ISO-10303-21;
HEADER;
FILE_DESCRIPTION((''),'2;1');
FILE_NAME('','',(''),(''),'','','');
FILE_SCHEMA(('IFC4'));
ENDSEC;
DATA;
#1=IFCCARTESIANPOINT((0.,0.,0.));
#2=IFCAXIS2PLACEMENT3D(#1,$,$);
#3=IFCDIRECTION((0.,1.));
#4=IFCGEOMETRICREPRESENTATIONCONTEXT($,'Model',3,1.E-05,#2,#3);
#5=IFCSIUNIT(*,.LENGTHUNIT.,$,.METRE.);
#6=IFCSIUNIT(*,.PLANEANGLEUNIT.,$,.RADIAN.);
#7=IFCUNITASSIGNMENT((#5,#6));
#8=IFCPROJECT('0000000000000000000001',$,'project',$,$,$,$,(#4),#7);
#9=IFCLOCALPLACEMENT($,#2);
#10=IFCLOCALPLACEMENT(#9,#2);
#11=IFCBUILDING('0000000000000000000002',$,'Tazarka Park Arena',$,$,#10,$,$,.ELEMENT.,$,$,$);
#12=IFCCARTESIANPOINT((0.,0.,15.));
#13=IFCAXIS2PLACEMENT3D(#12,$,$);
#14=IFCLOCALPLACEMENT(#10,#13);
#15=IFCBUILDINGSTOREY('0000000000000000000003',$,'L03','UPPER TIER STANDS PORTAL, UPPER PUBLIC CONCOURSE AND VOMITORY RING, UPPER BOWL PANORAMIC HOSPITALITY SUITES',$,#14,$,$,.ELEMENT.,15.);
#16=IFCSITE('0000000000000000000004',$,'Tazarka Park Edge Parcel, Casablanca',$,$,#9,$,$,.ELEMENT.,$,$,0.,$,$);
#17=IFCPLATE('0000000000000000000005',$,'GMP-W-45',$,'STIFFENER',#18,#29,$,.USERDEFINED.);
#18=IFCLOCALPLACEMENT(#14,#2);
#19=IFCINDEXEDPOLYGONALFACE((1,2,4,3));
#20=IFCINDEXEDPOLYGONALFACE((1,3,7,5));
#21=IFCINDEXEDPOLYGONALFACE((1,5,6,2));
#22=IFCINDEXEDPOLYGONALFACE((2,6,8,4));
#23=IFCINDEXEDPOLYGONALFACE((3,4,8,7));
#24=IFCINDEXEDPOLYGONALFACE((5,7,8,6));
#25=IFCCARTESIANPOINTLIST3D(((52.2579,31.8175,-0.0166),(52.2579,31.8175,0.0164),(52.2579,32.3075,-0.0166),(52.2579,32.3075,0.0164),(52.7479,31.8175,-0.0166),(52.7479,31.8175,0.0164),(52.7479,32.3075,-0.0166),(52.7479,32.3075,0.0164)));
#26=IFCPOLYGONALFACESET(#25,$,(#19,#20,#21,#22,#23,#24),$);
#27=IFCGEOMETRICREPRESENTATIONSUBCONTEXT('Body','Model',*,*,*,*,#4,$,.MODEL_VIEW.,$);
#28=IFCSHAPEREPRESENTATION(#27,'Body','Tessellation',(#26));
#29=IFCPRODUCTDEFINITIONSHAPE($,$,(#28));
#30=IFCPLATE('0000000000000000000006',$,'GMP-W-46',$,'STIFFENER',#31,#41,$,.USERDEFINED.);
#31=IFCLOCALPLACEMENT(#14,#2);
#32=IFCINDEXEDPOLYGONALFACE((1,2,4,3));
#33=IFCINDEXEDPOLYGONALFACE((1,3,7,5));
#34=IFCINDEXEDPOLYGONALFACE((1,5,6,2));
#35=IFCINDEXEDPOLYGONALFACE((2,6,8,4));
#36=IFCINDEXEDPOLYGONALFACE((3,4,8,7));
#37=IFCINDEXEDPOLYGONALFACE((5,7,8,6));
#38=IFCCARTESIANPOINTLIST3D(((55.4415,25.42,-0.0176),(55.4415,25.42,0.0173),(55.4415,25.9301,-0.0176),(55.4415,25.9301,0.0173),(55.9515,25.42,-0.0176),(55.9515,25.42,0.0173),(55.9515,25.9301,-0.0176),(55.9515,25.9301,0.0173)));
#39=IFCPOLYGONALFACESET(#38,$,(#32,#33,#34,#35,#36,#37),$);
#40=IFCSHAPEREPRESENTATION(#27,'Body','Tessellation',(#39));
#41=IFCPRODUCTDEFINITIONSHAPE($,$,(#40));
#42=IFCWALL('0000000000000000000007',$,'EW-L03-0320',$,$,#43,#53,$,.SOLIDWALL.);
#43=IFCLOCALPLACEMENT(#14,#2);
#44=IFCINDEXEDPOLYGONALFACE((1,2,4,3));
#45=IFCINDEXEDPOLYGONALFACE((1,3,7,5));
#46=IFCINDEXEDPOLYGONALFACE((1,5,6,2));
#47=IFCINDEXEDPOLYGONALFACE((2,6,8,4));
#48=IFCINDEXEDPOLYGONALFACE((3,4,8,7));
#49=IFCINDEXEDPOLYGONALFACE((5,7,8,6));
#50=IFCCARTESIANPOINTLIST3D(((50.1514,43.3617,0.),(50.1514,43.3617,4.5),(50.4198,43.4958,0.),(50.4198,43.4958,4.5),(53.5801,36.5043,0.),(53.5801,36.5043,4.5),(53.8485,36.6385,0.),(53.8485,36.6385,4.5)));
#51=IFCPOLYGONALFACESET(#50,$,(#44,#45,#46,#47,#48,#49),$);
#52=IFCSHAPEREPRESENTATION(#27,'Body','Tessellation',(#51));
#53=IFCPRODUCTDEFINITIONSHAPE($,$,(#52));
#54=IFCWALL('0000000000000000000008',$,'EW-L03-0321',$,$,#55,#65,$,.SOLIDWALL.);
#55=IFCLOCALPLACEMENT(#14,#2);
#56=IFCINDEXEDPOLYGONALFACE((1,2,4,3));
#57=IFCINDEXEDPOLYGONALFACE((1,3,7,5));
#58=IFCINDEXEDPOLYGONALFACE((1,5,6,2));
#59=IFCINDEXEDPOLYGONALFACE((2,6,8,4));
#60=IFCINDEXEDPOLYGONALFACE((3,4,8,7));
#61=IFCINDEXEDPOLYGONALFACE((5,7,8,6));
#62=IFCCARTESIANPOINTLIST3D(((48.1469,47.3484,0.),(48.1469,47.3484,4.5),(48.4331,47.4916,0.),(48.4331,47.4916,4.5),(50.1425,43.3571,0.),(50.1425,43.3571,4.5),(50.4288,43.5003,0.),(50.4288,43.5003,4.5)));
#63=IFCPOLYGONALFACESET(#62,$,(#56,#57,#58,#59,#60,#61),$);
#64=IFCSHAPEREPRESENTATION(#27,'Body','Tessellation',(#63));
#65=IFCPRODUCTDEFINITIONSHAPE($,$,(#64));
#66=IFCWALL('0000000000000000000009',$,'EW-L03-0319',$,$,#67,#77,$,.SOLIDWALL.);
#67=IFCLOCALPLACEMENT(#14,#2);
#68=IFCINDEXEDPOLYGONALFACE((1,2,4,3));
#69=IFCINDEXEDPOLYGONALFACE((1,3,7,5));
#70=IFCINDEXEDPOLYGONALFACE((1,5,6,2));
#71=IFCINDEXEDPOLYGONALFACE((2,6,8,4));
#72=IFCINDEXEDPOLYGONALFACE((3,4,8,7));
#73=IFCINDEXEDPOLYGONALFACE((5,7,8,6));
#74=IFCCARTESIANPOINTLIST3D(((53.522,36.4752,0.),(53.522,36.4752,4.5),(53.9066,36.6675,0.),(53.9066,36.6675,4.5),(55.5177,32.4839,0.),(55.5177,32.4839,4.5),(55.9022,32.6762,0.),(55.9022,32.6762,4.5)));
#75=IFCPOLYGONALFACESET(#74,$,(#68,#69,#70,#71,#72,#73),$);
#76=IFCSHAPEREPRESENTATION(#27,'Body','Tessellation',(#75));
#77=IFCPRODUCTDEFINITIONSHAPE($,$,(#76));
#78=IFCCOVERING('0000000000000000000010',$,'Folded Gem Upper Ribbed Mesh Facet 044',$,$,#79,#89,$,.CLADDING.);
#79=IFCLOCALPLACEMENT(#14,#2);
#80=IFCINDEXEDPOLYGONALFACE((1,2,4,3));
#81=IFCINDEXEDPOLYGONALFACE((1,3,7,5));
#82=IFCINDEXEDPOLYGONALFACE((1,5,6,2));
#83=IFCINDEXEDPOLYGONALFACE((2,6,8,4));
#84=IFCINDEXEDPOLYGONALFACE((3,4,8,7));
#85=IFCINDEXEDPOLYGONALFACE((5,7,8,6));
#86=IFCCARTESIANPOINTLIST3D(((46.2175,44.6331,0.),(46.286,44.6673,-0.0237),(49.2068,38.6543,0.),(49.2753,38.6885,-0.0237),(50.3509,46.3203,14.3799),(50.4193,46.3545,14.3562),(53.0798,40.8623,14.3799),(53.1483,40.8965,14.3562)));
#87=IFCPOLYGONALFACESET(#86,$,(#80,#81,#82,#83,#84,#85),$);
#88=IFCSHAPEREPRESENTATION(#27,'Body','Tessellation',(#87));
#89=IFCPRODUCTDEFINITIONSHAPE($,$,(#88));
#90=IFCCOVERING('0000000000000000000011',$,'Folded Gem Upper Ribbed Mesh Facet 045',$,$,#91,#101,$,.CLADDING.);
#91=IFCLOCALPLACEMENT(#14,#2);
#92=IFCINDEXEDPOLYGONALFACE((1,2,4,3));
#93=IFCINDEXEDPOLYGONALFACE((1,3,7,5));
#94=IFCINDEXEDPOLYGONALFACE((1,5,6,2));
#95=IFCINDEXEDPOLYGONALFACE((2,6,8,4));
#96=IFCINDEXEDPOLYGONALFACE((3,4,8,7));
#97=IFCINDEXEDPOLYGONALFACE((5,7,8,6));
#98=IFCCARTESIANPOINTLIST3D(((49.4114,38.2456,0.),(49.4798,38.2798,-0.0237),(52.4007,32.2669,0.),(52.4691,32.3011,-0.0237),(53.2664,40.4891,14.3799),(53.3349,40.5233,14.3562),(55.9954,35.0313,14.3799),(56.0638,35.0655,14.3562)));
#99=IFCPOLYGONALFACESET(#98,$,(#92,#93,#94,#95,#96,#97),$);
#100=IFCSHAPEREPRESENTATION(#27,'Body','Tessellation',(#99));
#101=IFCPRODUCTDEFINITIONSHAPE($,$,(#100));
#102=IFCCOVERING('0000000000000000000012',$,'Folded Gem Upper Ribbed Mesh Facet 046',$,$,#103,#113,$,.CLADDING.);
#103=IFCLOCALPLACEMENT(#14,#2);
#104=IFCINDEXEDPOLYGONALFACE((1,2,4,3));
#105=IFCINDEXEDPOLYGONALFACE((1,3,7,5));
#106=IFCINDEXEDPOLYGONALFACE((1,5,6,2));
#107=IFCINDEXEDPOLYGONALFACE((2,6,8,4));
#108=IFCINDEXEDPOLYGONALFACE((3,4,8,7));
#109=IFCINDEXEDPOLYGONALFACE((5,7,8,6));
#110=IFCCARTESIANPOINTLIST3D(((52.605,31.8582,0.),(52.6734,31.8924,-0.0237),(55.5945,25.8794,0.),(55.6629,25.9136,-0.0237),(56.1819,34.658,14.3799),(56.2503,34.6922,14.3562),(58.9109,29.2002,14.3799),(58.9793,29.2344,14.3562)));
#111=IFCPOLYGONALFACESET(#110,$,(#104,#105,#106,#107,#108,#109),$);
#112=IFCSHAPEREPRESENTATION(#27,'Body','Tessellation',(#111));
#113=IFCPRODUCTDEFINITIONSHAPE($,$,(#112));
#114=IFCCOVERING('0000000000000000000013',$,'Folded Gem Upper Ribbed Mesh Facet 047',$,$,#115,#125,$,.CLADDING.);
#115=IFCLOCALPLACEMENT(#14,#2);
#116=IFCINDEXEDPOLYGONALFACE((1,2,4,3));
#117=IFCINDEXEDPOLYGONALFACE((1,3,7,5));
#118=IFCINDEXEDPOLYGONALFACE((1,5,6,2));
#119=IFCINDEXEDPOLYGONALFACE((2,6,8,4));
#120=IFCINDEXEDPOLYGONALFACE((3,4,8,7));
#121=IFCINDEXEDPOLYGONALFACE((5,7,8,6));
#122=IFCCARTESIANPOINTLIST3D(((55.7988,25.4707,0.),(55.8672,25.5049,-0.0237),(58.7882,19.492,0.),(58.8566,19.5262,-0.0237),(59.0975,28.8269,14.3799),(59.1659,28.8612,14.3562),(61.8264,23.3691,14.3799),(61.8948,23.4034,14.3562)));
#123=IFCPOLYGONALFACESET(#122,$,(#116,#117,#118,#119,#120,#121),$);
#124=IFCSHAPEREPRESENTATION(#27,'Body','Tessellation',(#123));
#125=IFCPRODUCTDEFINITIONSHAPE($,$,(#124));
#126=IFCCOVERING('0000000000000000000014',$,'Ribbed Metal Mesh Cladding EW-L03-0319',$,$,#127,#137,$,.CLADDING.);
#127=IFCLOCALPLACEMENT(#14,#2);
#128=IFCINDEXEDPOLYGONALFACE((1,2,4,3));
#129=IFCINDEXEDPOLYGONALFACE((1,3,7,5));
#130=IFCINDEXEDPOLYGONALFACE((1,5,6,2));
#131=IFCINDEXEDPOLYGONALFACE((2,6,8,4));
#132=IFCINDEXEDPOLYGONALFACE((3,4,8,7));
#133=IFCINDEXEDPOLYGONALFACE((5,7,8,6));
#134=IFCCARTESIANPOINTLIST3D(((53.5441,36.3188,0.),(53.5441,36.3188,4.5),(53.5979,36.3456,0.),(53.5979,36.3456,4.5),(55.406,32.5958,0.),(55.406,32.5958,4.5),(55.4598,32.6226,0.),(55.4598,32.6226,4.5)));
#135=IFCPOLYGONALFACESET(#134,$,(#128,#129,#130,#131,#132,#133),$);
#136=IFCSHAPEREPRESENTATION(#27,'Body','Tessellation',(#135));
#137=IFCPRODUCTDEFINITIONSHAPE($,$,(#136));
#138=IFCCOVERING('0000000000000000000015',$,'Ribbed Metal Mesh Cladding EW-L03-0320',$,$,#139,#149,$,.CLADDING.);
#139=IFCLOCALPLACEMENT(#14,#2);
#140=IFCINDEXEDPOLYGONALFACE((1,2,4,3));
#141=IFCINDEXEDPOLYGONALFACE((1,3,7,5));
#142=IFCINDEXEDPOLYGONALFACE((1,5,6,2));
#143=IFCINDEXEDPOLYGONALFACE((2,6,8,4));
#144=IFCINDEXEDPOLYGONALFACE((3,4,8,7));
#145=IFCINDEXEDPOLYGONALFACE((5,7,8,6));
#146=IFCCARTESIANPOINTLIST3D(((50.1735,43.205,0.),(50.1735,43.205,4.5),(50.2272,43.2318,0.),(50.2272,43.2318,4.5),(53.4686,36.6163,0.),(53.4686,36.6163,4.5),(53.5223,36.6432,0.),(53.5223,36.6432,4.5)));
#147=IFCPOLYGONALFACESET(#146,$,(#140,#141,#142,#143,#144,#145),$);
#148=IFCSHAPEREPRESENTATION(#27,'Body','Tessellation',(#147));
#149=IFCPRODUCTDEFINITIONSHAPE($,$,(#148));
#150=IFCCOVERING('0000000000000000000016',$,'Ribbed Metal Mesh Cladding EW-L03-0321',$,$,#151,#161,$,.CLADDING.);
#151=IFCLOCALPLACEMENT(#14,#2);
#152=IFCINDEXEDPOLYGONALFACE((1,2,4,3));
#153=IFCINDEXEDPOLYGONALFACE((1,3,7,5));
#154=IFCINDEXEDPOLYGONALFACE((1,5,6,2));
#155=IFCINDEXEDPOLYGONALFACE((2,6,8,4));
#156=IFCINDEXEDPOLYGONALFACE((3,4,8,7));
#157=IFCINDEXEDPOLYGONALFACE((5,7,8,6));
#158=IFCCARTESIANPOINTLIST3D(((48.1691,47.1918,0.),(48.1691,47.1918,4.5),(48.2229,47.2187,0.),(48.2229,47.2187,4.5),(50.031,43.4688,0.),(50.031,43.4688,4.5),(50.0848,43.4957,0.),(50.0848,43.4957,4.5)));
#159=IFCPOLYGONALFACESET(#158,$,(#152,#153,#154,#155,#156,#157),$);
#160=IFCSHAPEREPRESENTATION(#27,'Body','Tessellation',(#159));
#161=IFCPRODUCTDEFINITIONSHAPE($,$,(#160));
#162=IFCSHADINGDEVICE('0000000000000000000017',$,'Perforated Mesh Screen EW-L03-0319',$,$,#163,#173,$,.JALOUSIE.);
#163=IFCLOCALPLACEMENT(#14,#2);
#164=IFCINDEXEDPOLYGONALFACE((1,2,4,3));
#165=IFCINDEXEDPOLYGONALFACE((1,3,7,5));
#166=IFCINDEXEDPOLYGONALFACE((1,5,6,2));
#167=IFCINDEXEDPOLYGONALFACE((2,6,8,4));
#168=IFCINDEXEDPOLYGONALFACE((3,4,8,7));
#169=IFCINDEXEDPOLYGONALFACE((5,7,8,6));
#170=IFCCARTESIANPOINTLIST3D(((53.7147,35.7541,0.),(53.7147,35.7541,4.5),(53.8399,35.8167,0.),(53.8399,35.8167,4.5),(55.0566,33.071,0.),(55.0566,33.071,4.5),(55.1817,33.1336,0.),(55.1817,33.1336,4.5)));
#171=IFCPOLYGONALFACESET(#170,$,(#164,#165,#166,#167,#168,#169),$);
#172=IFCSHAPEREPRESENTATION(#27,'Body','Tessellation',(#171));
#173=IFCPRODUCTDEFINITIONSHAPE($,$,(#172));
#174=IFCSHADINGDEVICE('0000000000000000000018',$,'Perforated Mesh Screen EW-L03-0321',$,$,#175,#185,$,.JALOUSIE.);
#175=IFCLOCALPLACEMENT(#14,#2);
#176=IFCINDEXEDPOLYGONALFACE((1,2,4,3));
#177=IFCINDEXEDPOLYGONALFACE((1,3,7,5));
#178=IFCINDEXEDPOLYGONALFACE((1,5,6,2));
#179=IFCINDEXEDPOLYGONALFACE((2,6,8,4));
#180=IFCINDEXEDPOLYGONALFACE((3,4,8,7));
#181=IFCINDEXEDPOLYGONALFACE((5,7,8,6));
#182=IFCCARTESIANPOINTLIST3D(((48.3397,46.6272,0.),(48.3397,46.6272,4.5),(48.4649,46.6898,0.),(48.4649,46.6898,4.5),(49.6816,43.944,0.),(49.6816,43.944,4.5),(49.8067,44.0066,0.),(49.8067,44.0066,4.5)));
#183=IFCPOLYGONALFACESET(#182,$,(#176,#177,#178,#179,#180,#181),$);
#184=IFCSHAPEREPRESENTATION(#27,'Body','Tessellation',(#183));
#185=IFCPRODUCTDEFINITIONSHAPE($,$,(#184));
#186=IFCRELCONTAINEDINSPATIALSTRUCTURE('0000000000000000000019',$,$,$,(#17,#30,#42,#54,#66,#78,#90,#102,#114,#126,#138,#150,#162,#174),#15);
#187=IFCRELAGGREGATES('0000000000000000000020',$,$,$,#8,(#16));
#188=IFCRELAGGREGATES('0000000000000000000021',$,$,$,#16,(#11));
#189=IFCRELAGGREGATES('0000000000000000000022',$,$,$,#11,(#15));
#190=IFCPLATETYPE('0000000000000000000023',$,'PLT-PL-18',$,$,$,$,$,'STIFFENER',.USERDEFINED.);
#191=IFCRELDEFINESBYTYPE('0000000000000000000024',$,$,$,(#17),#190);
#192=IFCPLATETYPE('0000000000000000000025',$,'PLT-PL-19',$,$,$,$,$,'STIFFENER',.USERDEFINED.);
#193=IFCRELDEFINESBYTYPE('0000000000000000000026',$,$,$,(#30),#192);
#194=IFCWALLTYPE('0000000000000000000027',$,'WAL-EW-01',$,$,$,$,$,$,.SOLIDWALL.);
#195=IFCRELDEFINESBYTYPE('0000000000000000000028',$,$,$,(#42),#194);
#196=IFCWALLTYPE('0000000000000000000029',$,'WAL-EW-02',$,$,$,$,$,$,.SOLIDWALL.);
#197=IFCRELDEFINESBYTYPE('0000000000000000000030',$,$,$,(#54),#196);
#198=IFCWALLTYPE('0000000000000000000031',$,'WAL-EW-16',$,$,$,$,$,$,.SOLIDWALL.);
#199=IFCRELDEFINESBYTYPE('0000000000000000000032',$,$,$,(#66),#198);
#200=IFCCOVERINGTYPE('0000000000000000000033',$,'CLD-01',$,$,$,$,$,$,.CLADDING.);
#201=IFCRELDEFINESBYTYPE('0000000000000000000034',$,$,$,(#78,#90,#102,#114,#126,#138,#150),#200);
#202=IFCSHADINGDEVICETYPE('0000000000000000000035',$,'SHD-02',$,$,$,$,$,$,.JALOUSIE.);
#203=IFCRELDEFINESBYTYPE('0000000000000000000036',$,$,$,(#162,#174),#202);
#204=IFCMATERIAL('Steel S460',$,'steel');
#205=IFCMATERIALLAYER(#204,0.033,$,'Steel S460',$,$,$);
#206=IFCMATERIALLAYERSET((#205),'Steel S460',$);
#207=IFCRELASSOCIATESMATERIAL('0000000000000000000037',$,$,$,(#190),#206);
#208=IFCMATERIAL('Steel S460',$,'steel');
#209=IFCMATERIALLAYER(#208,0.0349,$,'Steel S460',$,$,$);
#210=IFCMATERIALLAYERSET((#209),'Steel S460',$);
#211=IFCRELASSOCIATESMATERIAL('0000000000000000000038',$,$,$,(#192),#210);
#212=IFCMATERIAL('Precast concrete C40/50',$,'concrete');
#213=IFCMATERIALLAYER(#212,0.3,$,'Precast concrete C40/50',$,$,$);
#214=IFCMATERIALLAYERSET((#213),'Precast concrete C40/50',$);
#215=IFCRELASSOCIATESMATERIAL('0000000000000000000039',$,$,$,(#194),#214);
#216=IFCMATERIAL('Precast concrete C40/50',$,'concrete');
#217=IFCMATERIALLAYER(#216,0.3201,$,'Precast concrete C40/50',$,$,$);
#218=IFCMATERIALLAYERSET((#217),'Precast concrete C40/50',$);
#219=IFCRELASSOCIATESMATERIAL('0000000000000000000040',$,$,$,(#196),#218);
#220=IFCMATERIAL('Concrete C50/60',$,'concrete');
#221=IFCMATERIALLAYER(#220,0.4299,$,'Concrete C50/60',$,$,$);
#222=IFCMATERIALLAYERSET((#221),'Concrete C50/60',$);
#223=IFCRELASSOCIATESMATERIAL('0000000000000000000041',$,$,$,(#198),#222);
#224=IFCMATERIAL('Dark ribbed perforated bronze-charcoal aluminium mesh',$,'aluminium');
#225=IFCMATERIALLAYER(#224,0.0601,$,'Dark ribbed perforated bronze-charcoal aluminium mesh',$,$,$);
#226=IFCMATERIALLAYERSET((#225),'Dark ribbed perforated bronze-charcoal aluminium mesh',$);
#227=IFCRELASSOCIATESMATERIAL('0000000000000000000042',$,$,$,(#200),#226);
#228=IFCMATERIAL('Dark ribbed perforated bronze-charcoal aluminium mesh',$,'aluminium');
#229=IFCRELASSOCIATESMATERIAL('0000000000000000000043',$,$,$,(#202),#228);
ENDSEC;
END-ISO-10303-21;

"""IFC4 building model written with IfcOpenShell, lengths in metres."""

from ifc_helpers import new_model, si_unit, direction, frame, frame_2d, origin, origin_2d, place, context, subcontext, project, spatial, polyline, rectangle, outline, extrude, material, layer, layer_set, type_object, element, save


model = new_model("IFC4")

# Units and contexts
model_context = context("Model", 3, precision=1e-05, world=origin(), true_north=direction((0.0, 1.0)))
body_context = subcontext(model_context, "Body", "Model", "MODEL_VIEW")
ifc_project = project(units=[si_unit("LENGTHUNIT", "METRE"), si_unit("PLANEANGLEUNIT", "RADIAN")], contexts=[model_context])

# Site, building, storey
site_placement = place(None, origin())
site = spatial("IfcSite", under=ifc_project, at=site_placement, Name="Tazarka Park Edge Parcel, Casablanca", CompositionType="ELEMENT", RefElevation=0.0)
building_placement = place(site_placement, origin())
building = spatial("IfcBuilding", under=site, at=building_placement, Name="Tazarka Park Arena", CompositionType="ELEMENT")
storey_placement = place(building_placement, frame((0.0, 0.0, 15.0)))
storey = spatial("IfcBuildingStorey", under=building, at=storey_placement, Name="L03", Description="UPPER TIER STANDS PORTAL, UPPER PUBLIC CONCOURSE AND VOMITORY RING, UPPER BOWL PANORAMIC HOSPITALITY SUITES", CompositionType="ELEMENT", Elevation=15.0)

# Plates
ifc_material_1 = material(Name="Steel S460", Category="steel")
ifc_layer_1 = layer(ifc_material_1, 0.033, Name="Steel S460")
ifc_layer_set_1 = layer_set([ifc_layer_1], Name="Steel S460")
plate_type_1 = type_object("IfcPlateType", Name="PLT-PL-18", ElementType="STIFFENER", PredefinedType="USERDEFINED", material=ifc_layer_set_1)
plate_1_placement = place(storey_placement, frame((52.5029, 32.0625, -0.0166), z_axis=(0.0, 0.0, 1.0), x_axis=(1.0, 0.0, 0.0)))
element("IfcPlate", 1, at=plate_1_placement, inside=storey, type_object=plate_type_1, Name="GMP-W-45", ObjectType="STIFFENER", PredefinedType="USERDEFINED", context=body_context, shape_type="SweptSolid", body=[
    extrude(rectangle(XDim=0.49, YDim=0.49, at=origin_2d()), origin(), (0.0, 0.0, 1.0), 0.033),
])
ifc_material_2 = material(Name="Steel S460", Category="steel")
ifc_layer_2 = layer(ifc_material_2, 0.0349, Name="Steel S460")
ifc_layer_set_2 = layer_set([ifc_layer_2], Name="Steel S460")
plate_type_2 = type_object("IfcPlateType", Name="PLT-PL-19", ElementType="STIFFENER", PredefinedType="USERDEFINED", material=ifc_layer_set_2)
plate_2_placement = place(storey_placement, frame((55.6965, 25.675, -0.0176), z_axis=(0.0, 0.0, 1.0), x_axis=(1.0, 0.0, 0.0)))
element("IfcPlate", 2, at=plate_2_placement, inside=storey, type_object=plate_type_2, Name="GMP-W-46", ObjectType="STIFFENER", PredefinedType="USERDEFINED", context=body_context, shape_type="SweptSolid", body=[
    extrude(rectangle(XDim=0.51, YDim=0.51, at=origin_2d()), origin(), (0.0, 0.0, 1.0), 0.0349),
])

# Walls
ifc_material_3 = material(Name="Precast concrete C40/50", Category="concrete")
ifc_layer_3 = layer(ifc_material_3, 0.3, Name="Precast concrete C40/50")
ifc_layer_set_3 = layer_set([ifc_layer_3], Name="Precast concrete C40/50")
wall_type_1 = type_object("IfcWallType", Name="WAL-EW-01", PredefinedType="SOLIDWALL", material=ifc_layer_set_3)
wall_1_placement = place(storey_placement, frame((53.7144, 36.5713, 0.0), z_axis=(0.0, 0.0, 1.0), x_axis=(-0.447214, 0.894427, 0.0)))
element("IfcWall", 3, at=wall_1_placement, inside=storey, type_object=wall_type_1, Name="EW-L03-0320", PredefinedType="SOLIDWALL", context=body_context, shape_type="SweptSolid", body=[
    extrude(rectangle(XDim=7.6667, YDim=0.3, at=frame_2d((3.8335, 0.0))), origin(), (0.0, 0.0, 1.0), 4.5),
])
ifc_material_4 = material(Name="Precast concrete C40/50", Category="concrete")
ifc_layer_4 = layer(ifc_material_4, 0.3201, Name="Precast concrete C40/50")
ifc_layer_set_4 = layer_set([ifc_layer_4], Name="Precast concrete C40/50")
wall_type_2 = type_object("IfcWallType", Name="WAL-EW-02", PredefinedType="SOLIDWALL", material=ifc_layer_set_4)
wall_2_placement = place(storey_placement, frame((50.2856, 43.4287, 0.0), z_axis=(0.0, 0.0, 1.0), x_axis=(-0.447214, 0.894427, 0.0)))
element("IfcWall", 4, at=wall_2_placement, inside=storey, type_object=wall_type_2, Name="EW-L03-0321", PredefinedType="SOLIDWALL", context=body_context, shape_type="SweptSolid", body=[
    extrude(rectangle(XDim=4.4624, YDim=0.3201, at=frame_2d((2.2312, 0.0))), origin(), (0.0, 0.0, 1.0), 4.5),
])
ifc_material_5 = material(Name="Concrete C50/60", Category="concrete")
ifc_layer_5 = layer(ifc_material_5, 0.4299, Name="Concrete C50/60")
ifc_layer_set_5 = layer_set([ifc_layer_5], Name="Concrete C50/60")
wall_type_3 = type_object("IfcWallType", Name="WAL-EW-16", PredefinedType="SOLIDWALL", material=ifc_layer_set_5)
wall_3_placement = place(storey_placement, frame((55.71, 32.5801, 0.0), z_axis=(0.0, 0.0, 1.0), x_axis=(-0.447214, 0.894427, 0.0)))
element("IfcWall", 5, at=wall_3_placement, inside=storey, type_object=wall_type_3, Name="EW-L03-0319", PredefinedType="SOLIDWALL", context=body_context, shape_type="SweptSolid", body=[
    extrude(rectangle(XDim=4.4624, YDim=0.4299, at=frame_2d((2.2312, 0.0))), origin(), (0.0, 0.0, 1.0), 4.5),
])

# Coverings
ifc_material_6 = material(Name="Dark ribbed perforated bronze-charcoal aluminium mesh", Category="aluminium")
ifc_layer_6 = layer(ifc_material_6, 0.0601, Name="Dark ribbed perforated bronze-charcoal aluminium mesh")
ifc_layer_set_6 = layer_set([ifc_layer_6], Name="Dark ribbed perforated bronze-charcoal aluminium mesh")
covering_type = type_object("IfcCoveringType", Name="CLD-01", PredefinedType="CLADDING", material=ifc_layer_set_6)
covering_1_placement = place(storey_placement, frame((46.2175, 44.6331, 0.0), z_axis=(-0.854427, -0.427204, 0.295722), x_axis=(0.447205, -0.894431, -0.000002)))
element("IfcCovering", 6, at=covering_1_placement, inside=storey, type_object=covering_type, Name="Folded Gem Upper Ribbed Mesh Facet 044", PredefinedType="CLADDING", context=body_context, shape_type="SweptSolid", body=[
    extrude(outline(polyline([(0.0, 0.0), (6.6844, 0.0), (6.4415, 15.0532), (0.3393, 15.0531), (0.0, 0.0)])), origin(), (0.0, 0.0, -1.0), 0.0801),
])
covering_2_placement = place(storey_placement, frame((49.4114, 38.2456, 0.0), z_axis=(-0.854426, -0.427213, 0.295713), x_axis=(0.447212, -0.894428, -0.000005)))
element("IfcCovering", 7, at=covering_2_placement, inside=storey, type_object=covering_type, Name="Folded Gem Upper Ribbed Mesh Facet 045", PredefinedType="CLADDING", context=body_context, shape_type="SweptSolid", body=[
    extrude(outline(polyline([(0.0, 0.0), (6.6844, 0.0), (5.8194, 15.0531), (-0.2826, 15.0531), (0.0, 0.0)])), origin(), (0.0, 0.0, -1.0), 0.0801),
])
covering_3_placement = place(storey_placement, frame((52.605, 31.8582, 0.0), z_axis=(-0.854418, -0.427227, 0.295714), x_axis=(0.447229, -0.89442, 0.0)))
element("IfcCovering", 8, at=covering_3_placement, inside=storey, type_object=covering_type, Name="Folded Gem Upper Ribbed Mesh Facet 046", PredefinedType="CLADDING", context=body_context, shape_type="SweptSolid", body=[
    extrude(outline(polyline([(0.0, 0.0), (6.6845, 0.0), (5.1975, 15.0531), (-0.9045, 15.0531), (0.0, 0.0)])), origin(), (0.0, 0.0, -1.0), 0.0801),
])
covering_4_placement = place(storey_placement, frame((55.7988, 25.4707, 0.0), z_axis=(-0.854426, -0.427213, 0.295713), x_axis=(0.447212, -0.894428, -0.000005)))
element("IfcCovering", 9, at=covering_4_placement, inside=storey, type_object=covering_type, Name="Folded Gem Upper Ribbed Mesh Facet 047", PredefinedType="CLADDING", context=body_context, shape_type="SweptSolid", body=[
    extrude(outline(polyline([(0.0, 0.0), (6.6844, 0.0), (4.5752, 15.0531), (-1.5268, 15.0531), (0.0, 0.0)])), origin(), (0.0, 0.0, -1.0), 0.0801),
])
covering_5_placement = place(storey_placement, frame((54.502, 34.4707, 0.0), z_axis=(0.0, 0.0, 1.0), x_axis=(-0.447291, 0.894389, 0.0)))
element("IfcCovering", 10, at=covering_5_placement, inside=storey, type_object=covering_type, Name="Ribbed Metal Mesh Cladding EW-L03-0319", PredefinedType="CLADDING", context=body_context, shape_type="SweptSolid", body=[
    extrude(rectangle(XDim=4.1626, YDim=0.0601, at=origin_2d()), origin(), (0.0, 0.0, 1.0), 4.5),
])
covering_6_placement = place(storey_placement, frame((51.8479, 39.9241, 0.0), z_axis=(0.0, 0.0, 1.0), x_axis=(-0.447291, 0.894389, 0.0)))
element("IfcCovering", 11, at=covering_6_placement, inside=storey, type_object=covering_type, Name="Ribbed Metal Mesh Cladding EW-L03-0320", PredefinedType="CLADDING", context=body_context, shape_type="SweptSolid", body=[
    extrude(rectangle(XDim=7.3667, YDim=0.0601, at=origin_2d()), origin(), (0.0, 0.0, 1.0), 4.5),
])
covering_7_placement = place(storey_placement, frame((49.127, 45.3438, 0.0), z_axis=(0.0, 0.0, 1.0), x_axis=(-0.447291, 0.894389, 0.0)))
element("IfcCovering", 12, at=covering_7_placement, inside=storey, type_object=covering_type, Name="Ribbed Metal Mesh Cladding EW-L03-0321", PredefinedType="CLADDING", context=body_context, shape_type="SweptSolid", body=[
    extrude(rectangle(XDim=4.1626, YDim=0.0601, at=origin_2d()), origin(), (0.0, 0.0, 1.0), 4.5),
])

# Shading devices
ifc_material_7 = material(Name="Dark ribbed perforated bronze-charcoal aluminium mesh", Category="aluminium")
shading_device_type = type_object("IfcShadingDeviceType", Name="SHD-02", PredefinedType="JALOUSIE", material=ifc_material_7)
for number, where, z_axis, x_axis, name in (
    (13, (54.4482, 34.4438, 0.0), (0.0, 0.0, 1.0), (-0.447291, 0.894389, 0.0), "Perforated Mesh Screen EW-L03-0319"),
    (14, (49.0732, 45.3169, 0.0), (0.0, 0.0, 1.0), (-0.447291, 0.894389, 0.0), "Perforated Mesh Screen EW-L03-0321"),
):
    element("IfcShadingDevice", number, at=place(storey_placement, frame(where, z_axis=z_axis, x_axis=x_axis)), inside=storey, type_object=shading_device_type, Name=name, PredefinedType="JALOUSIE", context=body_context, shape_type="SweptSolid", body=[
        extrude(rectangle(XDim=3.0, YDim=0.1399, at=origin_2d()), origin(), (0.0, 0.0, 1.0), 4.5),
    ])

save(model, "model.ifc")
